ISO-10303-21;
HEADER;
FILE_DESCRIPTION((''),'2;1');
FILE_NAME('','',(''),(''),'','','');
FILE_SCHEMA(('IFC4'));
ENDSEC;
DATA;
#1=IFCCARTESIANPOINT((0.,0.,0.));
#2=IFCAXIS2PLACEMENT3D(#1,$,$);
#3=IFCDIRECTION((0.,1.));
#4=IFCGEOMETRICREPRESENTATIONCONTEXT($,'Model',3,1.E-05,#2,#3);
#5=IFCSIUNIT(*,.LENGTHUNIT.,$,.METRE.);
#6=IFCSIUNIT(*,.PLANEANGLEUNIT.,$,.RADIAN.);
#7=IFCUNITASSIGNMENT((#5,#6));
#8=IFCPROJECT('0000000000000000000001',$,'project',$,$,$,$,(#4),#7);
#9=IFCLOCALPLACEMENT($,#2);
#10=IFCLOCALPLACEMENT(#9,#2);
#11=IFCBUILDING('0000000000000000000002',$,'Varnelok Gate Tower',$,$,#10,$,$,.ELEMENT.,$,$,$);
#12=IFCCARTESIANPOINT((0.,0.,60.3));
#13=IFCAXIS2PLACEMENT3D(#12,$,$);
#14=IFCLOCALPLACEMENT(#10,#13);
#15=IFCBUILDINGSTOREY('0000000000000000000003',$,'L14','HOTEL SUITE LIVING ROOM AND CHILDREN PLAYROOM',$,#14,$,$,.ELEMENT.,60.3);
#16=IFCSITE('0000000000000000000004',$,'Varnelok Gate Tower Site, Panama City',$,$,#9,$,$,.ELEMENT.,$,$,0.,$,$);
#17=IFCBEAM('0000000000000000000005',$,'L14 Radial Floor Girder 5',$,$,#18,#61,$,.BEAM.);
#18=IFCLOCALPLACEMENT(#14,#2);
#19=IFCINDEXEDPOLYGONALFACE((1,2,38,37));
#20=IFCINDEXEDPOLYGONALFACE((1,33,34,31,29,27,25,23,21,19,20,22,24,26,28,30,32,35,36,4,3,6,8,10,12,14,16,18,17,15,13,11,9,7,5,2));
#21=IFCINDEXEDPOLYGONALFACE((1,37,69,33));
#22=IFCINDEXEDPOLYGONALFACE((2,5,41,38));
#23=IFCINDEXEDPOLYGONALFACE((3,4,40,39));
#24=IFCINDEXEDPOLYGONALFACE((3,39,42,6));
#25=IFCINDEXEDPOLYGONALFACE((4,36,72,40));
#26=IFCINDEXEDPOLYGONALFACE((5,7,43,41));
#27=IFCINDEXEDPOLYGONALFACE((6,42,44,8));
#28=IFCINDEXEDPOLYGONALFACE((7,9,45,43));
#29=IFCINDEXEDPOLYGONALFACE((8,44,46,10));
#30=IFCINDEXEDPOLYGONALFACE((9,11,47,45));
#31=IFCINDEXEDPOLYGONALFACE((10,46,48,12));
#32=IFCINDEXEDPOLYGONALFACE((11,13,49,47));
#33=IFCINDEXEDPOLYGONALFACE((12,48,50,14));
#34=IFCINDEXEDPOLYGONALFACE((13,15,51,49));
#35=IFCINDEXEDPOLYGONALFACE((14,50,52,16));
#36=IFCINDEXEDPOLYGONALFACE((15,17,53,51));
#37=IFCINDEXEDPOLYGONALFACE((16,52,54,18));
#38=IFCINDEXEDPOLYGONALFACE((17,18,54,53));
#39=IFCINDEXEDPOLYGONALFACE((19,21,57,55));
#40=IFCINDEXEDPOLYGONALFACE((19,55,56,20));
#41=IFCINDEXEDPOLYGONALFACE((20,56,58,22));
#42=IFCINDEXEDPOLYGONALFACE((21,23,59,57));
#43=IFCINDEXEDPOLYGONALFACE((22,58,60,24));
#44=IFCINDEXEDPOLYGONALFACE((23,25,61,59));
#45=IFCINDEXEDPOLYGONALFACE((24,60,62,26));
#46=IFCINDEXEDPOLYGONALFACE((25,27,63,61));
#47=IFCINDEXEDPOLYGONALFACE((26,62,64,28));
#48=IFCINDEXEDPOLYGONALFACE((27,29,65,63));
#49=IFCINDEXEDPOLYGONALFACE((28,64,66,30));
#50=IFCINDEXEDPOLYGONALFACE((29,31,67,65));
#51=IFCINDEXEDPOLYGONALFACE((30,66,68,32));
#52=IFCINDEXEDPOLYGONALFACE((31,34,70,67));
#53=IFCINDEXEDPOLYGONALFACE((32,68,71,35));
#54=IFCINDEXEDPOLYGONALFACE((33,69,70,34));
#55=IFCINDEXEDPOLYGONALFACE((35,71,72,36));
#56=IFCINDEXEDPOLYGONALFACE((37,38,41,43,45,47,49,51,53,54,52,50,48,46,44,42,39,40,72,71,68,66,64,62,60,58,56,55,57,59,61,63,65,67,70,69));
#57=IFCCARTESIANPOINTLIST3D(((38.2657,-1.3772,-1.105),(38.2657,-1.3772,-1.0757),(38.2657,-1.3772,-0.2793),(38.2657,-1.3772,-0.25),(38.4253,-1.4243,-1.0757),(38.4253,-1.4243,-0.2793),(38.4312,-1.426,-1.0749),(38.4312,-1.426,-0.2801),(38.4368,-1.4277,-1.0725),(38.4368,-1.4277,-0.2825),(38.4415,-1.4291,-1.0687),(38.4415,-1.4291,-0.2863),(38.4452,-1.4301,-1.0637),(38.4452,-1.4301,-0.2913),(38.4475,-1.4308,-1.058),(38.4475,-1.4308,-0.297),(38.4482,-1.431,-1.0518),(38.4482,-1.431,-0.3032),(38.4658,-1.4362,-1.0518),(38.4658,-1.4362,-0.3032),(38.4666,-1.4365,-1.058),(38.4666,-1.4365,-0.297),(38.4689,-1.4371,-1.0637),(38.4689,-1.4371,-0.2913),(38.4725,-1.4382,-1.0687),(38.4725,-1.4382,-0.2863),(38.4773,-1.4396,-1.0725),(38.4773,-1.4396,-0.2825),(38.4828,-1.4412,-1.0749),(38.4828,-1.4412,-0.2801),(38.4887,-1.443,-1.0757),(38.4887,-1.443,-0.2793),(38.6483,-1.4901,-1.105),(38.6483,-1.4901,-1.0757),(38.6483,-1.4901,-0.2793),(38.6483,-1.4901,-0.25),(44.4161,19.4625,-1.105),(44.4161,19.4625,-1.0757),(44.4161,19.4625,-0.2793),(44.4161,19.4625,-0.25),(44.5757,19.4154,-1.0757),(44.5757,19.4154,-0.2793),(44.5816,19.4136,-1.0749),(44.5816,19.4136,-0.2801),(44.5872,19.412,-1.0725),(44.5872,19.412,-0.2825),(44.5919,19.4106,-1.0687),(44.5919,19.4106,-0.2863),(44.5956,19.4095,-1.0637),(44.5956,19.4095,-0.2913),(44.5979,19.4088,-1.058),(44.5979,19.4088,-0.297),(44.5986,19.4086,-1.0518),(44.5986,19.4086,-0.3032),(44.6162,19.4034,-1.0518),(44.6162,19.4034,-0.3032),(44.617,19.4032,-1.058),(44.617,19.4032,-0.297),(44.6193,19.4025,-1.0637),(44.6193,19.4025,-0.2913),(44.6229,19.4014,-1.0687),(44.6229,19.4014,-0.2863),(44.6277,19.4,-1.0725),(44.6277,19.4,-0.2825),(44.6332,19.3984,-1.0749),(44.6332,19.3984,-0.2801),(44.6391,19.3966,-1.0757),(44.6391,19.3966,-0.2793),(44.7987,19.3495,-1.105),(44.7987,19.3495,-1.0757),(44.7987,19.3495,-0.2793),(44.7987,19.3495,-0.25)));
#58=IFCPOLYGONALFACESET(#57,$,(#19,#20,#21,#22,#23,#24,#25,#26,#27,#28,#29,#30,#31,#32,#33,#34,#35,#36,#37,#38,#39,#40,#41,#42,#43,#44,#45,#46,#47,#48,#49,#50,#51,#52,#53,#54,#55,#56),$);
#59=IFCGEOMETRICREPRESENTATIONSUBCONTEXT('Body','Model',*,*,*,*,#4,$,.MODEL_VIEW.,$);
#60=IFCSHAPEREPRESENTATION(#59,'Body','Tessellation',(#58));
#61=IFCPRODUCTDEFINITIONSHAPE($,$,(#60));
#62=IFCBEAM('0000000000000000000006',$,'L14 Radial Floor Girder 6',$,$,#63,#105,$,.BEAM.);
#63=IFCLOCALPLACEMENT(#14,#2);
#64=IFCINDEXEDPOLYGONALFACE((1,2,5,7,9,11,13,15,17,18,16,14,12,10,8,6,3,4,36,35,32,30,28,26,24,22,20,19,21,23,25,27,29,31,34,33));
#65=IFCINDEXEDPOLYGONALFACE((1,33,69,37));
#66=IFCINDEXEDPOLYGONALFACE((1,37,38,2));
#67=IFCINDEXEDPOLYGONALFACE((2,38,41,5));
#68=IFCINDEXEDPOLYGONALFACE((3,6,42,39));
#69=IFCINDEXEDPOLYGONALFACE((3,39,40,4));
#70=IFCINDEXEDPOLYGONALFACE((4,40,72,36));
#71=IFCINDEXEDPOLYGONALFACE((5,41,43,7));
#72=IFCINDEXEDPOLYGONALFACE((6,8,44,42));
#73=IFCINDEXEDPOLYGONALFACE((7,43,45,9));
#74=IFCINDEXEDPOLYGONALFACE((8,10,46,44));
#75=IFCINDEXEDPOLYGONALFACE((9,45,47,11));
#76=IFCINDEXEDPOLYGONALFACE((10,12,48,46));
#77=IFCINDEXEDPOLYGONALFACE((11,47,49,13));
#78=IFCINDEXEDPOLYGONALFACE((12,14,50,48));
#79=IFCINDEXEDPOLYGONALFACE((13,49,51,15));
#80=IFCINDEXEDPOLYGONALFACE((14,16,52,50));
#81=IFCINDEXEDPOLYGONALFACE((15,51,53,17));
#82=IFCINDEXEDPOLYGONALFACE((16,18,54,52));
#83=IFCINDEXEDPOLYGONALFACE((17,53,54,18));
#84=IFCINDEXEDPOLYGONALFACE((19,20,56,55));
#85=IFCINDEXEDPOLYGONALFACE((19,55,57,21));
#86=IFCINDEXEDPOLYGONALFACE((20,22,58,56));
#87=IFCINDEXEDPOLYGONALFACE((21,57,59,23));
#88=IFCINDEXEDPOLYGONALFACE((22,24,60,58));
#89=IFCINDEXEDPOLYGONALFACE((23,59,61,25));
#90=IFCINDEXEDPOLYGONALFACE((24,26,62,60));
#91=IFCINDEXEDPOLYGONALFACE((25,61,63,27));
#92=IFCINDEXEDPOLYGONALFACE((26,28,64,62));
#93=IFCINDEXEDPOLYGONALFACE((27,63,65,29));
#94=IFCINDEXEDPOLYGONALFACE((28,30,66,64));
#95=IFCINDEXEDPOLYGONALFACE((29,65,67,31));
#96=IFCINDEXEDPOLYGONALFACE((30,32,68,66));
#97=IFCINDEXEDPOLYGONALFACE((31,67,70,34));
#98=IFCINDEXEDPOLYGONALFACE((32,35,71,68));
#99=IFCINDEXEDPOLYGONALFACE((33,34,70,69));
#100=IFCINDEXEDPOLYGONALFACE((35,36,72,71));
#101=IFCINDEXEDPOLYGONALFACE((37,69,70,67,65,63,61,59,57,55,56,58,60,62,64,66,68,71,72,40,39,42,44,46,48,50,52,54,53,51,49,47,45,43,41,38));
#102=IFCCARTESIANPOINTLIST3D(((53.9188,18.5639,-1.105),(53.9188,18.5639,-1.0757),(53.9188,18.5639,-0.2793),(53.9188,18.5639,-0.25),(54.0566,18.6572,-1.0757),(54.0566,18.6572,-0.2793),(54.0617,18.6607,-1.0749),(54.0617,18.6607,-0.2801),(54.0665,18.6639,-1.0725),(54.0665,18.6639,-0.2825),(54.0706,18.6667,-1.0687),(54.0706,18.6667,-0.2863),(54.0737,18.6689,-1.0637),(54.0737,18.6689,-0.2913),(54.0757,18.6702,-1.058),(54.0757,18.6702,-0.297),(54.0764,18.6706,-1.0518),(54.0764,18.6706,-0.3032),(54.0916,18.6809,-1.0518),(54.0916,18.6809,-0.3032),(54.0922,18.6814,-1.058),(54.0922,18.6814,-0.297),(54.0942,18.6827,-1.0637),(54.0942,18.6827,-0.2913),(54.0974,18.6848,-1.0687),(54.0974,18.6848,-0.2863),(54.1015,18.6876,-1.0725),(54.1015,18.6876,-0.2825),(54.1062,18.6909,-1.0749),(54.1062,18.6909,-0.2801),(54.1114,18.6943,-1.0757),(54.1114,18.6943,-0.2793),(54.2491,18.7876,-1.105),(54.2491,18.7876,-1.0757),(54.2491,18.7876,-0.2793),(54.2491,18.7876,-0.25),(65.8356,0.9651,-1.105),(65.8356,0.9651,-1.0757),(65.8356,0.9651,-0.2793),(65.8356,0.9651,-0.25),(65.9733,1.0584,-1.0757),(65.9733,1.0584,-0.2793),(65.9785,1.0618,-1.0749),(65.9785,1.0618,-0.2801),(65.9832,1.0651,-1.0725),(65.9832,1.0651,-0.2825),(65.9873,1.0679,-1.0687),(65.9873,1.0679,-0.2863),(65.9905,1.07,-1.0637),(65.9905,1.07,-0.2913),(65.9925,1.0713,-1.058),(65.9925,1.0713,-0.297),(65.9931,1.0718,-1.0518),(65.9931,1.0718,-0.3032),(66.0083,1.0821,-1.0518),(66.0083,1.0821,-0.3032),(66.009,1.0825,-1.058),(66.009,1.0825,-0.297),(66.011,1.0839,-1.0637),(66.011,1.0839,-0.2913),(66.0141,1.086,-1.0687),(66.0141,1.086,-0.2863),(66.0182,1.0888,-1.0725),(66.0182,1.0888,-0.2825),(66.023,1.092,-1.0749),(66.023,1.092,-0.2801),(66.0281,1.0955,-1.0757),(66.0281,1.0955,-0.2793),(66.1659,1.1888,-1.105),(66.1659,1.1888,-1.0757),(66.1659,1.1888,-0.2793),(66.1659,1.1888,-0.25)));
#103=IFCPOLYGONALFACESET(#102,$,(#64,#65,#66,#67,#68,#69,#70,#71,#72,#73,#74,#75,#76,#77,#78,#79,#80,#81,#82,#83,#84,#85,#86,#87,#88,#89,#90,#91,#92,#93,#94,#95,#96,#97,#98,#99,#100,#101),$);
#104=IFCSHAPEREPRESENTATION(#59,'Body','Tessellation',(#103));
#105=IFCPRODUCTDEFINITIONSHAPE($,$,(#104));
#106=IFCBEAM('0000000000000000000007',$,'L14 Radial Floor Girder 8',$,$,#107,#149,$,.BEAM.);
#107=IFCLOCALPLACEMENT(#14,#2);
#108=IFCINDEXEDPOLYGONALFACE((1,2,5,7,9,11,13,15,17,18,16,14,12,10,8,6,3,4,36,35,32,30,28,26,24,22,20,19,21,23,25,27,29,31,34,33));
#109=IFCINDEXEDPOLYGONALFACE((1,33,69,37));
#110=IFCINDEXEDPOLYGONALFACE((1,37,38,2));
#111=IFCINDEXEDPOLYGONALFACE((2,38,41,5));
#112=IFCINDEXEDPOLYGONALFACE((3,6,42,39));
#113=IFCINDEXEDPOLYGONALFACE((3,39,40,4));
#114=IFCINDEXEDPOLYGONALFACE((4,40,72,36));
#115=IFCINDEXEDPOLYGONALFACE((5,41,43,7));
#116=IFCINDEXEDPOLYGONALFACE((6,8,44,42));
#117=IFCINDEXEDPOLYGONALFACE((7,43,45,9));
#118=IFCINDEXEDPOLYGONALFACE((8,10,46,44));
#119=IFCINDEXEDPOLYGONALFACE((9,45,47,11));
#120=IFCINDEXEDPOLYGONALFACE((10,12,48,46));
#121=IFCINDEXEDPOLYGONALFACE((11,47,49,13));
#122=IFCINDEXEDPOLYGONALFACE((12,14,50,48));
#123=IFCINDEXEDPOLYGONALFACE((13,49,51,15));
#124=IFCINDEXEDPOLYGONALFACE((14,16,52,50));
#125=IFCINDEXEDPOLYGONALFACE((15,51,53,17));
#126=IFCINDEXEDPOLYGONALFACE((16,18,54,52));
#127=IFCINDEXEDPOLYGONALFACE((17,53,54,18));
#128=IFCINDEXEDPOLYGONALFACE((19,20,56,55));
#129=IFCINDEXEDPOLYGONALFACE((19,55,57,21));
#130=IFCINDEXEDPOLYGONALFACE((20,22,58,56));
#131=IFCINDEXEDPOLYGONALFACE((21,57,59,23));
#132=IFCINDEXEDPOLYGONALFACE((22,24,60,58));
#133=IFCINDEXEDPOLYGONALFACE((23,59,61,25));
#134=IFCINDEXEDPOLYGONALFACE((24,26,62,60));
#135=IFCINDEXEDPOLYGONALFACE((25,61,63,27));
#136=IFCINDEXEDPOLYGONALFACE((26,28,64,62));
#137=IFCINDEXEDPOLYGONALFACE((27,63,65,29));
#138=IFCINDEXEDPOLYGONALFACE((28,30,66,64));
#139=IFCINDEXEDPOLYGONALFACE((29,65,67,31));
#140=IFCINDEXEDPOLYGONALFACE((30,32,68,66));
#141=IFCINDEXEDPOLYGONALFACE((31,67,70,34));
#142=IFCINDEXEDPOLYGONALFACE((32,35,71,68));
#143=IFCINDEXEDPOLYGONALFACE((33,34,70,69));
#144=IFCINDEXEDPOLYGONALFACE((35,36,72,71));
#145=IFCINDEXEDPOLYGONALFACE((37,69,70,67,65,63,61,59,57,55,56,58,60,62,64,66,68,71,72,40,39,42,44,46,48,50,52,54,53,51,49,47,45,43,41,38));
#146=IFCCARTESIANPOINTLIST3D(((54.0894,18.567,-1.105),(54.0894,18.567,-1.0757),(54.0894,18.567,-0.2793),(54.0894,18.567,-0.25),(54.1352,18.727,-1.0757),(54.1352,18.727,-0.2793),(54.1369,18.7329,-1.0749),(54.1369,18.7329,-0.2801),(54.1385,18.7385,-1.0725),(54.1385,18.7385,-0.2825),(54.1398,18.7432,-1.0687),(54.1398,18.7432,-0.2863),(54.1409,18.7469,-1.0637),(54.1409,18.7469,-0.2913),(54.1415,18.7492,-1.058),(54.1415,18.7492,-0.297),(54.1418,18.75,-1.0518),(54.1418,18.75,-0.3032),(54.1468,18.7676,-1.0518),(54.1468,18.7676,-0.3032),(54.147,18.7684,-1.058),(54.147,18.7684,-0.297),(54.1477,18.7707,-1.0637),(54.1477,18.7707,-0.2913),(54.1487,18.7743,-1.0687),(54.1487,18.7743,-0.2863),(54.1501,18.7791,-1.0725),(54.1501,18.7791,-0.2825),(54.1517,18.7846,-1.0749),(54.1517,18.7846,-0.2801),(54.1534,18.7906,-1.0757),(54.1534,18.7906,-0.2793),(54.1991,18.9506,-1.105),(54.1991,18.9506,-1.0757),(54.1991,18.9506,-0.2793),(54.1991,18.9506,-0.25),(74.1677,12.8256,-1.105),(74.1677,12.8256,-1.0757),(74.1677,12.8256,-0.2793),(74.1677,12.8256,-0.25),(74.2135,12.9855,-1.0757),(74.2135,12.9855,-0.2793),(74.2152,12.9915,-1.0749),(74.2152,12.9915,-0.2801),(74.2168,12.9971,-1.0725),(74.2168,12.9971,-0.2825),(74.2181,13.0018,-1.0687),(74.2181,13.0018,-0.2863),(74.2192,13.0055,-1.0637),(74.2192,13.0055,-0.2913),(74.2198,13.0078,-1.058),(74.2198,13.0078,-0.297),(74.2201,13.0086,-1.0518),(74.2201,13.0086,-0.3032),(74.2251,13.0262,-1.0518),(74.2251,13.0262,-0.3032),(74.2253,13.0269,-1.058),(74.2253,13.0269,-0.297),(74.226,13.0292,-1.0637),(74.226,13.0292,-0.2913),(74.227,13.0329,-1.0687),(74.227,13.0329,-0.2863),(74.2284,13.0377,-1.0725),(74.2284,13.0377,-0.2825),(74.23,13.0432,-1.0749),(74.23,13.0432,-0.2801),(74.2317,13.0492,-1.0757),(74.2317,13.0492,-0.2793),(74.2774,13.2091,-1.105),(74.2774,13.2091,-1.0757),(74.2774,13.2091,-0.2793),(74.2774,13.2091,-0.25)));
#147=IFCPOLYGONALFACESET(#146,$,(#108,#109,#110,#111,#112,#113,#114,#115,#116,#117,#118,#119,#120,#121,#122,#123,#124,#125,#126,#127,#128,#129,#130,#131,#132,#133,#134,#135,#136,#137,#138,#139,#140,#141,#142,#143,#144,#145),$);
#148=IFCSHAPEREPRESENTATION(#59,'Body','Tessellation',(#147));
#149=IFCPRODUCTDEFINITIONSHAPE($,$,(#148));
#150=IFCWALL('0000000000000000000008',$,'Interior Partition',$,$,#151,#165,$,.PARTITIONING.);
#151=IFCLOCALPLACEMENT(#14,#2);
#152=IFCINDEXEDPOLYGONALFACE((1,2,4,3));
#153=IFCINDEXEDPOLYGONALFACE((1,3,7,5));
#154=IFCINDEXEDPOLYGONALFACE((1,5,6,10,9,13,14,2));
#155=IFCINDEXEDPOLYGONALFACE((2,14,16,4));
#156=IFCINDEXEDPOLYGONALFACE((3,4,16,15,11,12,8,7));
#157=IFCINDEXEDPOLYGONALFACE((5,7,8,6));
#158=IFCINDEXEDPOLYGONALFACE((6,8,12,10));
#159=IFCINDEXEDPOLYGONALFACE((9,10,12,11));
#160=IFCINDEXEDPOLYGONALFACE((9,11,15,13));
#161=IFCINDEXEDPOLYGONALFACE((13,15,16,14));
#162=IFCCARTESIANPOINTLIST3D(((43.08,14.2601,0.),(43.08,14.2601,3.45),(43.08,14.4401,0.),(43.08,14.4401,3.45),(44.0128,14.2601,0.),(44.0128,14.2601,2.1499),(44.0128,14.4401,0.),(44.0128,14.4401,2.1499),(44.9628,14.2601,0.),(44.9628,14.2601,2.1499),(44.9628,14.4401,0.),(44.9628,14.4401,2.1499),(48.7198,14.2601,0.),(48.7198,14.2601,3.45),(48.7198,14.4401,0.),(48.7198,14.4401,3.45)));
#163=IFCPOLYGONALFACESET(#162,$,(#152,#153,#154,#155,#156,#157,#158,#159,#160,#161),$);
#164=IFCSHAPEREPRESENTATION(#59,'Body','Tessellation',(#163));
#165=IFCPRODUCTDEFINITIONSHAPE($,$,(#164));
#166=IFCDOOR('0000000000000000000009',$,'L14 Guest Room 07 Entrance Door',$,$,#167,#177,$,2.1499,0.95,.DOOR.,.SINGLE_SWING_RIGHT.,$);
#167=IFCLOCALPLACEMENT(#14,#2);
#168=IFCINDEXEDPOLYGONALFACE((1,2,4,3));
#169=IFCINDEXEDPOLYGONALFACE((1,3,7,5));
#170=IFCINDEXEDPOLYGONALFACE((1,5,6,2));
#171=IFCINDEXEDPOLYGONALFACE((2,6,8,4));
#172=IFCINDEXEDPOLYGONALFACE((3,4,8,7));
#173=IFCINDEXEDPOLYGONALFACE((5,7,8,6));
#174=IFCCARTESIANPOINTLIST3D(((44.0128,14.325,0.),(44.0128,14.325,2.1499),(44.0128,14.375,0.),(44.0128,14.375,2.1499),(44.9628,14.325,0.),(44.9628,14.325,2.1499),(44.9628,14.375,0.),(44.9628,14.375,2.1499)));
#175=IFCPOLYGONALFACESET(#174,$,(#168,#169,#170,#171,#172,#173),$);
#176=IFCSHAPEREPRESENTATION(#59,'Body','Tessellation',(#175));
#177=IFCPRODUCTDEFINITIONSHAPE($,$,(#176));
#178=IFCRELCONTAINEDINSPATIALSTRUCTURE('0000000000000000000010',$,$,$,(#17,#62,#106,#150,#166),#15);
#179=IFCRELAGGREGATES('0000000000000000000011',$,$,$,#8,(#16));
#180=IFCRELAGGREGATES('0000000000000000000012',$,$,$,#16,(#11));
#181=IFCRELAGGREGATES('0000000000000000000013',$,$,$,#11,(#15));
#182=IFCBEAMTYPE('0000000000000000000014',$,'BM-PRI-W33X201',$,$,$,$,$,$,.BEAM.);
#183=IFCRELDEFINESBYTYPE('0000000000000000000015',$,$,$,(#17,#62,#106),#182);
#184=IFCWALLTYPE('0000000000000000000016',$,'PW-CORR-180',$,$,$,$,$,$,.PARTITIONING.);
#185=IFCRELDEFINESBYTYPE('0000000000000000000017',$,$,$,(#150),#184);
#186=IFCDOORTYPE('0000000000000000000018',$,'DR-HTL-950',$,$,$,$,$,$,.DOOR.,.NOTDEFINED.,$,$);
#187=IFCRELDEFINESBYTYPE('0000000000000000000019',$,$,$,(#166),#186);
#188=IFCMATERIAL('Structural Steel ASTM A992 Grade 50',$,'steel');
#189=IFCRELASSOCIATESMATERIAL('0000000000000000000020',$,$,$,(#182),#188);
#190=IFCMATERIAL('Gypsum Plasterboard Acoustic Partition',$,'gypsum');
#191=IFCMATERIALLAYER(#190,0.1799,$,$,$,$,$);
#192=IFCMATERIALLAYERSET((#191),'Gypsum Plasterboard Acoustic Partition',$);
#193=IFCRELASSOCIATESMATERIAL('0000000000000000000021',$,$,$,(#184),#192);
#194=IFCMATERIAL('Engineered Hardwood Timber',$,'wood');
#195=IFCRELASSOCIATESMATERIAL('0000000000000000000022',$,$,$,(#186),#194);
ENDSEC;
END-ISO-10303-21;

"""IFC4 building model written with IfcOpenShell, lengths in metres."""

from ifc_helpers import new_model, si_unit, direction, frame, frame_2d, origin, origin_2d, place, context, subcontext, project, spatial, rectangle, i_section, extrude, material, layer, layer_set, material_profile, profile_set, type_object, element, fill, save


model = new_model("IFC4")

# Units and contexts
model_context = context("Model", 3, precision=1e-05, world=origin(), true_north=direction((0.0, 1.0)))
body_context = subcontext(model_context, "Body", "Model", "MODEL_VIEW")
ifc_project = project(units=[si_unit("LENGTHUNIT", "METRE"), si_unit("PLANEANGLEUNIT", "RADIAN")], contexts=[model_context])

# Site, building, storey
site_placement = place(None, origin())
site = spatial("IfcSite", under=ifc_project, at=site_placement, Name="Varnelok Gate Tower Site, Panama City", CompositionType="ELEMENT", RefElevation=0.0)
building_placement = place(site_placement, origin())
building = spatial("IfcBuilding", under=site, at=building_placement, Name="Varnelok Gate Tower", CompositionType="ELEMENT")
storey_placement = place(building_placement, frame((0.0, 0.0, 60.3)))
storey = spatial("IfcBuildingStorey", under=building, at=storey_placement, Name="L14", Description="HOTEL SUITE LIVING ROOM AND CHILDREN PLAYROOM", CompositionType="ELEMENT", Elevation=60.3)

# Shared definitions
ifc_material_1 = material(Name="Structural Steel ASTM A992 Grade 50", Category="steel")

# Beams
ifc_material_profile_1 = material_profile(ifc_material_1, i_section(OverallWidth=0.3989, OverallDepth=0.855, WebThickness=0.0183, FlangeThickness=0.0293, FilletRadius=0.0239, at=origin_2d()), Name="W33X201")
ifc_profile_set_1 = profile_set([ifc_material_profile_1], Name="Structural Steel ASTM A992 Grade 50")
beam_type_1 = type_object("IfcBeamType", Name="BM-PRI-W33X201", PredefinedType="BEAM", material=ifc_profile_set_1)
beam_1_placement = place(storey_placement, frame((44.6074, 19.406, -0.6775), z_axis=(-0.28306, -0.959102, 0.0), x_axis=(0.959102, -0.28306, 0.0)))
element("IfcBeam", 1, at=beam_1_placement, inside=storey, type_object=beam_type_1, Name="L14 Radial Floor Girder 5", PredefinedType="BEAM", context=body_context, shape_type="SweptSolid", body=[
    extrude(i_section(OverallWidth=0.3989, OverallDepth=0.855, WebThickness=0.0183, FlangeThickness=0.0293, FilletRadius=0.0239, at=origin_2d()), origin(), (0.0, 0.0, 1.0), 21.7283),
])
beam_2_placement = place(storey_placement, frame((54.084, 18.6758, -0.6775), z_axis=(0.560685, -0.828029, 0.0), x_axis=(0.828029, 0.560685, 0.0)))
element("IfcBeam", 2, at=beam_2_placement, inside=storey, type_object=beam_type_1, Name="L14 Radial Floor Girder 6", PredefinedType="BEAM", context=body_context, shape_type="SweptSolid", body=[
    extrude(i_section(OverallWidth=0.3989, OverallDepth=0.855, WebThickness=0.0183, FlangeThickness=0.0293, FilletRadius=0.0239, at=origin_2d()), origin(), (0.0, 0.0, 1.0), 21.2539),
])
beam_3_placement = place(storey_placement, frame((54.1443, 18.7588, -0.6775), z_axis=(0.961463, -0.274933, 0.0), x_axis=(0.274933, 0.961463, 0.0)))
element("IfcBeam", 3, at=beam_3_placement, inside=storey, type_object=beam_type_1, Name="L14 Radial Floor Girder 8", PredefinedType="BEAM", context=body_context, shape_type="SweptSolid", body=[
    extrude(i_section(OverallWidth=0.3989, OverallDepth=0.855, WebThickness=0.0183, FlangeThickness=0.0293, FilletRadius=0.0239, at=origin_2d()), origin(), (0.0, 0.0, 1.0), 20.8831),
])

# Wall, opening, door
ifc_material_2 = material(Name="Gypsum Plasterboard Acoustic Partition", Category="gypsum")
ifc_layer_1 = layer(ifc_material_2, 0.1799)
ifc_layer_set_1 = layer_set([ifc_layer_1], Name="Gypsum Plasterboard Acoustic Partition")
wall_type_1 = type_object("IfcWallType", Name="PW-CORR-180", PredefinedType="PARTITIONING", material=ifc_layer_set_1)
wall_1_placement = place(storey_placement, frame((43.0801, 14.3501, 0.0), z_axis=(0.0, 0.0, 1.0), x_axis=(1.0, 0.0, 0.0)))
wall_1 = element("IfcWall", 4, at=wall_1_placement, inside=storey, type_object=wall_type_1, Name="Interior Partition", PredefinedType="PARTITIONING", context=body_context, shape_type="SweptSolid", body=[
    extrude(rectangle(XDim=5.6399, YDim=0.1799, at=frame_2d((2.8198, 0.0))), origin(), (0.0, 0.0, 1.0), 3.45),
])
opening_1_placement = place(wall_1_placement, frame((0.9326, 0.0, 0.0)))
opening_1 = element("IfcOpeningElement", 5, at=opening_1_placement, cuts=wall_1, PredefinedType="OPENING", context=body_context, shape_type="SweptSolid", body=[
    extrude(rectangle(XDim=0.95, YDim=2.1499, at=frame_2d((0.4751, 1.075))), frame((0.0, 0.0999, 0.0), z_axis=(0.0, -1.0, 0.0), x_axis=(1.0, 0.0, 0.0)), (0.0, 0.0, 1.0), 0.2),
])
ifc_material_3 = material(Name="Engineered Hardwood Timber", Category="wood")
door_type_1 = type_object("IfcDoorType", Name="DR-HTL-950", OperationType="NOTDEFINED", PredefinedType="DOOR", material=ifc_material_3)
door_1_placement = place(opening_1_placement, origin())
door_1 = element("IfcDoor", 6, at=door_1_placement, inside=storey, type_object=door_type_1, Name="L14 Guest Room 07 Entrance Door", OperationType="SINGLE_SWING_RIGHT", OverallHeight=2.1499, OverallWidth=0.95, PredefinedType="DOOR", context=body_context, shape_type="SweptSolid", body=[
    extrude(rectangle(XDim=0.95, YDim=2.1499, at=frame_2d((0.4751, 1.075))), frame((0.0, 0.0249, 0.0), z_axis=(0.0, -1.0, 0.0), x_axis=(1.0, 0.0, 0.0)), (0.0, 0.0, 1.0), 0.05),
])
fill(opening_1, door_1)

save(model, "model.ifc")
